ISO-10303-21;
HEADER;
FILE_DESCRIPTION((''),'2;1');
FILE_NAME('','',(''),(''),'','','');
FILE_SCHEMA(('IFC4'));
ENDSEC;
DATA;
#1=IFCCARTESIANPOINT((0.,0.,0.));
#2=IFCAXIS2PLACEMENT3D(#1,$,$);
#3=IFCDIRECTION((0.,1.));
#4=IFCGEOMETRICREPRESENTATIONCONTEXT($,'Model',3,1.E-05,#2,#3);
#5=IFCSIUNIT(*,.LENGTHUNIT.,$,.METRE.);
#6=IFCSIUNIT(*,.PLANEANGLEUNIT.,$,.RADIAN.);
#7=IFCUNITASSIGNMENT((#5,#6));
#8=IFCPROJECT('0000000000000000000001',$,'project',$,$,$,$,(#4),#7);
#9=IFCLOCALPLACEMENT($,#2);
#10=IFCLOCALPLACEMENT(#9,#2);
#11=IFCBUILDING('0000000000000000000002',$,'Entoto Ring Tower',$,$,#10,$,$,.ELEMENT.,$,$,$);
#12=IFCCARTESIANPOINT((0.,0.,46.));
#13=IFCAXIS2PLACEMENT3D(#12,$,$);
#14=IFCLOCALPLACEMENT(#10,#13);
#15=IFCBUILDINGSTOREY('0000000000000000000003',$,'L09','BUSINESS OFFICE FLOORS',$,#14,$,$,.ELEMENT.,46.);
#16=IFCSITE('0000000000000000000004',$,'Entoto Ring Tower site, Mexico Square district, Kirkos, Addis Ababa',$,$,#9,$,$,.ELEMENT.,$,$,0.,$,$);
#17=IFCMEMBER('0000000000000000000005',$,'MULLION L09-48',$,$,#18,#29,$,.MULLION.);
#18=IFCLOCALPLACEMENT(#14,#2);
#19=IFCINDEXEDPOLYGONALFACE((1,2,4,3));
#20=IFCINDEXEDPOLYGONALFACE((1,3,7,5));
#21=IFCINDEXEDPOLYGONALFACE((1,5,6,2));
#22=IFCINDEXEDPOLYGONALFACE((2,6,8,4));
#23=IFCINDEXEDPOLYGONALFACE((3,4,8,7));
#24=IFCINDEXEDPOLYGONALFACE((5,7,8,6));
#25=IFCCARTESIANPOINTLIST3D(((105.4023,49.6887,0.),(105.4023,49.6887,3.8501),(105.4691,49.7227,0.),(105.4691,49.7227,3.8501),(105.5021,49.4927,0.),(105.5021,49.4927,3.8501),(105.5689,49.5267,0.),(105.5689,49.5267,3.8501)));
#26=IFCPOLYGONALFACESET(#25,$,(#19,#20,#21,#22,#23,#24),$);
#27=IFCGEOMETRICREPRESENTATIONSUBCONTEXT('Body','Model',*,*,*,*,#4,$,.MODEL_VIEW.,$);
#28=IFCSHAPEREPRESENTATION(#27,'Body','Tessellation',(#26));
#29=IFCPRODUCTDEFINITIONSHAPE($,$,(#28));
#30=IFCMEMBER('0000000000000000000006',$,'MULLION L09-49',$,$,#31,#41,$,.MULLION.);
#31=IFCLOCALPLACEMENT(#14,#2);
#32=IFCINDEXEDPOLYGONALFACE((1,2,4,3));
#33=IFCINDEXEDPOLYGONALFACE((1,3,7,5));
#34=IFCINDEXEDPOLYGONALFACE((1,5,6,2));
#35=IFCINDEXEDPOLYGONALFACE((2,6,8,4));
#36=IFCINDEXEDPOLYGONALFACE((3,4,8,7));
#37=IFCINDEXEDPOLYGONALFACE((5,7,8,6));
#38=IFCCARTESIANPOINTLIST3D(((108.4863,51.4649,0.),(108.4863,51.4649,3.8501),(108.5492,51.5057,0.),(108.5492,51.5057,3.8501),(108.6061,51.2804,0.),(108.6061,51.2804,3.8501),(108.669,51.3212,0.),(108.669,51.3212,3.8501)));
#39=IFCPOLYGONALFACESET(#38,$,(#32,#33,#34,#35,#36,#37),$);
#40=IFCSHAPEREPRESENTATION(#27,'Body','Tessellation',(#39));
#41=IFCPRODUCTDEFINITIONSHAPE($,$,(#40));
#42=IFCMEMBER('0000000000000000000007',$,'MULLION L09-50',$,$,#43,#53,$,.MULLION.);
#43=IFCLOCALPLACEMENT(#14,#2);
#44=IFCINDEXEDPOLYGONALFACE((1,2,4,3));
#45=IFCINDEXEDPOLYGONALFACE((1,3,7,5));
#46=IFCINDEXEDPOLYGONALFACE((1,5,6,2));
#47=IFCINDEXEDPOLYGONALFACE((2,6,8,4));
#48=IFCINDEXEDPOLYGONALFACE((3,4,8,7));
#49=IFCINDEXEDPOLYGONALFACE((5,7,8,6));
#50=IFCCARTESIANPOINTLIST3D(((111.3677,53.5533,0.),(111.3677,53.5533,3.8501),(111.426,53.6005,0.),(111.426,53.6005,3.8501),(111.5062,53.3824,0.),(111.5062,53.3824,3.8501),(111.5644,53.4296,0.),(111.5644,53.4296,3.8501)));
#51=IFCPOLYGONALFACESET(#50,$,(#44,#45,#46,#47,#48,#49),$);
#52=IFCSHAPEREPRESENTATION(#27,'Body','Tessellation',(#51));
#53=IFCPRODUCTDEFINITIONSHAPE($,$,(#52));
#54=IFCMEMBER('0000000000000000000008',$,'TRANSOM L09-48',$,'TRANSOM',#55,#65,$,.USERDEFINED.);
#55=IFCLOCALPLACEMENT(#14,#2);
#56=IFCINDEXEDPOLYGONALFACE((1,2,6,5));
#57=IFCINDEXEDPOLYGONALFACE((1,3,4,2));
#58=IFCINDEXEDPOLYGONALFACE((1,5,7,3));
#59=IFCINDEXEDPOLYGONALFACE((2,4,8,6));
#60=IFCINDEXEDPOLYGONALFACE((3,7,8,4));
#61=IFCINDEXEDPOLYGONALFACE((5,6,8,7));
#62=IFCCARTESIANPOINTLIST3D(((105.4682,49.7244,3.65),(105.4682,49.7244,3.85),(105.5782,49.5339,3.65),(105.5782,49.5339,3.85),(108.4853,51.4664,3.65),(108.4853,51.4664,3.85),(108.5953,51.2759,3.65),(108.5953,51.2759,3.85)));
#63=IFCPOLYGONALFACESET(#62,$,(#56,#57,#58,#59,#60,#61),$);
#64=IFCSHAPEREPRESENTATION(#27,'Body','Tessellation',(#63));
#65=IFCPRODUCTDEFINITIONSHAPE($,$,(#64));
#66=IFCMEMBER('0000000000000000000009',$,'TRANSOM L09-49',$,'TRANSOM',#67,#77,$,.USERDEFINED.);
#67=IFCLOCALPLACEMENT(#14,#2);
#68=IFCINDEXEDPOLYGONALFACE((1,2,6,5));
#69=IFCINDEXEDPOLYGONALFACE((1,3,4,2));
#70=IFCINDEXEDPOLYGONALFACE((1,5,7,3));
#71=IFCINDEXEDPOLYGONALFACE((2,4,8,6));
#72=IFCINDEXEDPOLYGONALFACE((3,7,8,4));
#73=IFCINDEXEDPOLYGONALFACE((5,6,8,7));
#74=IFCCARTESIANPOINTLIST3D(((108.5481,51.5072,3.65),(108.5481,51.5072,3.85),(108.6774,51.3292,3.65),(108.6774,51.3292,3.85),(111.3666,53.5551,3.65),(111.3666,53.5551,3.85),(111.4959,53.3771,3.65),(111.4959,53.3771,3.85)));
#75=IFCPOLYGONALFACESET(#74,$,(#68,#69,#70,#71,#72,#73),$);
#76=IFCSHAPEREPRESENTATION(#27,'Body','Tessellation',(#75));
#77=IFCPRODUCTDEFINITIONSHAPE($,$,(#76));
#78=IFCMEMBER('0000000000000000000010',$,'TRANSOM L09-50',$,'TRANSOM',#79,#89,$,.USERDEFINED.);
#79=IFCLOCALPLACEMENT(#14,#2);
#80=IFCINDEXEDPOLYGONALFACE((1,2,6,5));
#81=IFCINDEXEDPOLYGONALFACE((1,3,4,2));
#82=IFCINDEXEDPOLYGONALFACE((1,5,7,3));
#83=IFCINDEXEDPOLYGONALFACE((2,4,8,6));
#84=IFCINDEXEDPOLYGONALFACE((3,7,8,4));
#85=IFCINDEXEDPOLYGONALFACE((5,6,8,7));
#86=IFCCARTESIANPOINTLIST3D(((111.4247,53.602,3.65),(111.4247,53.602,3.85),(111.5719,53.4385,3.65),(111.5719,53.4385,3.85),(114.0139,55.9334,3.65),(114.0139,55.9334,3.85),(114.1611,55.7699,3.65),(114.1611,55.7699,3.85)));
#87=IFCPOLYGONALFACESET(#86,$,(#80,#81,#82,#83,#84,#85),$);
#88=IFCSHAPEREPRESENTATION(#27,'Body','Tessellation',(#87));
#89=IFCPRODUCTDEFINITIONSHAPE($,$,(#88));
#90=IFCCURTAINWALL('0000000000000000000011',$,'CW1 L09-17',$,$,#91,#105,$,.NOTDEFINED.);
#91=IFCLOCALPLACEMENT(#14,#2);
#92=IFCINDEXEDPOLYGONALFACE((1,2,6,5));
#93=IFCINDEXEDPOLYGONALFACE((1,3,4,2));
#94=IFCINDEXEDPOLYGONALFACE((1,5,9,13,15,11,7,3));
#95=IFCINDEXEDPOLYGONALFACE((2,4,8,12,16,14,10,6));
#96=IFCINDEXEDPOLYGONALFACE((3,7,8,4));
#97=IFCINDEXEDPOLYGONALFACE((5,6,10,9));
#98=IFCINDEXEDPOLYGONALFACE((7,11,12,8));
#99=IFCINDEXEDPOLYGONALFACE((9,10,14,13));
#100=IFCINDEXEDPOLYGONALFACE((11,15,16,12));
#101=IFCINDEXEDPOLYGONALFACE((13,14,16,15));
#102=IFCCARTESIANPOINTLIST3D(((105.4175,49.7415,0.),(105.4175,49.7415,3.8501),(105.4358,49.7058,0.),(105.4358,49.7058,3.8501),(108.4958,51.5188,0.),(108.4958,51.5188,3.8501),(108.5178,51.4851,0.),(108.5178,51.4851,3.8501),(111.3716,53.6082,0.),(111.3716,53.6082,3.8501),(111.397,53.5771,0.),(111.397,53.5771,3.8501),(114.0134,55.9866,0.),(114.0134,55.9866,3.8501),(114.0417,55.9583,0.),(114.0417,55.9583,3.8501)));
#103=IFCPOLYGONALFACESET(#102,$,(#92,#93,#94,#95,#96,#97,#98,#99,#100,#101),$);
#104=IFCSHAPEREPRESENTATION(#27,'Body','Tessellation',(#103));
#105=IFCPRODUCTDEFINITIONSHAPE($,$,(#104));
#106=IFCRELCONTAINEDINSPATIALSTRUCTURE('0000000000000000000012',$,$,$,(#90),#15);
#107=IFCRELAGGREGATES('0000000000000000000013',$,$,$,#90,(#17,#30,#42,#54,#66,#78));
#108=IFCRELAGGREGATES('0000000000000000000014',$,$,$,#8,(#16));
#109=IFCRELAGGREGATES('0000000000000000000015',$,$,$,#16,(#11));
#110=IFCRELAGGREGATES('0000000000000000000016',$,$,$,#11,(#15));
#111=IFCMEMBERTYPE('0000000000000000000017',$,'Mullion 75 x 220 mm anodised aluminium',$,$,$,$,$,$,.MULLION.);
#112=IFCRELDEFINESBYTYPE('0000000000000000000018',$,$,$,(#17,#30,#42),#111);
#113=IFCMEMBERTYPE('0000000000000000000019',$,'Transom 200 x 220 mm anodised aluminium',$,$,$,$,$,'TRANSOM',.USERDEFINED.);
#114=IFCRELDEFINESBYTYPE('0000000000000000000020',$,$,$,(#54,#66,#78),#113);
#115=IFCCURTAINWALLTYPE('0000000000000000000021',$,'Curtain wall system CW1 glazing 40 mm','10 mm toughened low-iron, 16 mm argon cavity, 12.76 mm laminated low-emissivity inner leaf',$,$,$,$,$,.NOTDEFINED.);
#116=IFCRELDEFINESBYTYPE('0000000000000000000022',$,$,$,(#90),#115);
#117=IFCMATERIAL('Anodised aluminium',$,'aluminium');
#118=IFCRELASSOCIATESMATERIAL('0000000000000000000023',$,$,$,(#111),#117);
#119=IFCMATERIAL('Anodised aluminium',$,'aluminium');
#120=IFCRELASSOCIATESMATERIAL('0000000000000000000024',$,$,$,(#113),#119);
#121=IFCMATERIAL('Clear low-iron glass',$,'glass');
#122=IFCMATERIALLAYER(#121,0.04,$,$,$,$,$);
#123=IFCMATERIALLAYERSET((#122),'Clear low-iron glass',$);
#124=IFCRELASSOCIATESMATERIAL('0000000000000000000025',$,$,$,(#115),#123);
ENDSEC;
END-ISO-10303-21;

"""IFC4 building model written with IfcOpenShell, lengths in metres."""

from ifc_helpers import new_model, si_unit, direction, frame, origin, origin_2d, place, context, subcontext, project, spatial, polyline, rectangle, outline, extrude, material, layer, layer_set, material_profile, profile_set, type_object, element, aggregate, save


model = new_model("IFC4")

# Units and contexts
model_context = context("Model", 3, precision=1e-05, world=origin(), true_north=direction((0.0, 1.0)))
body_context = subcontext(model_context, "Body", "Model", "MODEL_VIEW")
ifc_project = project(units=[si_unit("LENGTHUNIT", "METRE"), si_unit("PLANEANGLEUNIT", "RADIAN")], contexts=[model_context])

# Members
ifc_material_1 = material(Name="Anodised aluminium", Category="aluminium")
ifc_material_profile_1 = material_profile(ifc_material_1, rectangle(XDim=0.075, YDim=0.22, at=origin_2d()), Name="Mullion 75 x 220 mm anodised aluminium")
ifc_profile_set_1 = profile_set([ifc_material_profile_1], Name="Anodised aluminium")
member_type_1 = type_object("IfcMemberType", Name="Mullion 75 x 220 mm anodised aluminium", PredefinedType="MULLION", material=ifc_profile_set_1)
site_placement = place(None, origin())
building_placement = place(site_placement, origin())
storey_placement = place(building_placement, frame((0.0, 0.0, 46.0)))
member_1_placement = place(storey_placement, frame((105.4856, 49.6077, 0.0), z_axis=(0.0, 0.0, 1.0), x_axis=(0.891007, 0.45399, 0.0)))
member_1 = element("IfcMember", 1, at=member_1_placement, type_object=member_type_1, Name="MULLION L09-48", PredefinedType="MULLION", context=body_context, shape_type="SweptSolid", body=[
    extrude(rectangle(XDim=0.075, YDim=0.22, at=origin_2d()), origin(), (0.0, 0.0, 1.0), 3.8501),
])
member_2_placement = place(storey_placement, frame((108.5776, 51.3931, 0.0), z_axis=(0.0, 0.0, 1.0), x_axis=(0.838671, 0.544639, 0.0)))
member_2 = element("IfcMember", 2, at=member_2_placement, type_object=member_type_1, Name="MULLION L09-49", PredefinedType="MULLION", context=body_context, shape_type="SweptSolid", body=[
    extrude(rectangle(XDim=0.075, YDim=0.22, at=origin_2d()), origin(), (0.0, 0.0, 1.0), 3.8501),
])
member_3_placement = place(storey_placement, frame((111.4661, 53.4915, 0.0), z_axis=(0.0, 0.0, 1.0), x_axis=(0.777146, 0.62932, 0.0)))
member_3 = element("IfcMember", 3, at=member_3_placement, type_object=member_type_1, Name="MULLION L09-50", PredefinedType="MULLION", context=body_context, shape_type="SweptSolid", body=[
    extrude(rectangle(XDim=0.075, YDim=0.22, at=origin_2d()), origin(), (0.0, 0.0, 1.0), 3.8501),
])
ifc_material_2 = material(Name="Anodised aluminium", Category="aluminium")
ifc_material_profile_2 = material_profile(ifc_material_2, rectangle(XDim=0.22, YDim=0.2, at=origin_2d()), Name="Transom 200 x 220 mm anodised aluminium")
ifc_profile_set_2 = profile_set([ifc_material_profile_2], Name="Anodised aluminium")
member_type_2 = type_object("IfcMemberType", Name="Transom 200 x 220 mm anodised aluminium", ElementType="TRANSOM", PredefinedType="USERDEFINED", material=ifc_profile_set_2)
member_4_placement = place(storey_placement, frame((105.5232, 49.6292, 3.75), z_axis=(0.866022, 0.500006, 0.0), x_axis=(-0.500006, 0.866022, 0.0)))
member_4 = element("IfcMember", 4, at=member_4_placement, type_object=member_type_2, Name="TRANSOM L09-48", ObjectType="TRANSOM", PredefinedType="USERDEFINED", context=body_context, shape_type="SweptSolid", body=[
    extrude(rectangle(XDim=0.22, YDim=0.2, at=origin_2d()), origin(), (0.0, 0.0, 1.0), 3.4839),
])
member_5_placement = place(storey_placement, frame((108.6128, 51.4182, 3.75), z_axis=(0.808991, 0.587822, 0.0), x_axis=(-0.587822, 0.808991, 0.0)))
member_5 = element("IfcMember", 5, at=member_5_placement, type_object=member_type_2, Name="TRANSOM L09-49", ObjectType="TRANSOM", PredefinedType="USERDEFINED", context=body_context, shape_type="SweptSolid", body=[
    extrude(rectangle(XDim=0.22, YDim=0.2, at=origin_2d()), origin(), (0.0, 0.0, 1.0), 3.4839),
])
member_6_placement = place(storey_placement, frame((111.4983, 53.5203, 3.75), z_axis=(0.743137, 0.669139, 0.0), x_axis=(-0.669139, 0.743137, 0.0)))
member_6 = element("IfcMember", 6, at=member_6_placement, type_object=member_type_2, Name="TRANSOM L09-50", ObjectType="TRANSOM", PredefinedType="USERDEFINED", context=body_context, shape_type="SweptSolid", body=[
    extrude(rectangle(XDim=0.22, YDim=0.2, at=origin_2d()), origin(), (0.0, 0.0, 1.0), 3.4841),
])

# Site, building, storey
site = spatial("IfcSite", under=ifc_project, at=site_placement, Name="Entoto Ring Tower site, Mexico Square district, Kirkos, Addis Ababa", CompositionType="ELEMENT", RefElevation=0.0)
building = spatial("IfcBuilding", under=site, at=building_placement, Name="Entoto Ring Tower", CompositionType="ELEMENT")
storey = spatial("IfcBuildingStorey", under=building, at=storey_placement, Name="L09", Description="BUSINESS OFFICE FLOORS", CompositionType="ELEMENT", Elevation=46.0)

# Curtain wall
ifc_material_3 = material(Name="Clear low-iron glass", Category="glass")
ifc_layer_1 = layer(ifc_material_3, 0.04)
ifc_layer_set_1 = layer_set([ifc_layer_1], Name="Clear low-iron glass")
curtain_wall_type = type_object("IfcCurtainWallType", Name="Curtain wall system CW1 glazing 40 mm", Description="10 mm toughened low-iron, 16 mm argon cavity, 12.76 mm laminated low-emissivity inner leaf", PredefinedType="NOTDEFINED", material=ifc_layer_set_1)
curtain_wall_1_placement = place(storey_placement, origin())
curtain_wall_1 = element("IfcCurtainWall", 7, at=curtain_wall_1_placement, inside=storey, type_object=curtain_wall_type, Name="CW1 L09-17", PredefinedType="NOTDEFINED", context=body_context, shape_type="SweptSolid", body=[
    extrude(outline(polyline([(105.4358, 49.7058), (108.5178, 51.4851), (111.397, 53.5771), (114.0417, 55.9583), (114.0134, 55.9866), (111.3716, 53.6082), (108.4958, 51.5188), (105.4175, 49.7415), (105.4358, 49.7058)])), origin(), (0.0, 0.0, 1.0), 3.8501),
])
aggregate(curtain_wall_1, [member_1, member_2, member_3, member_4, member_5, member_6])

save(model, "model.ifc")
